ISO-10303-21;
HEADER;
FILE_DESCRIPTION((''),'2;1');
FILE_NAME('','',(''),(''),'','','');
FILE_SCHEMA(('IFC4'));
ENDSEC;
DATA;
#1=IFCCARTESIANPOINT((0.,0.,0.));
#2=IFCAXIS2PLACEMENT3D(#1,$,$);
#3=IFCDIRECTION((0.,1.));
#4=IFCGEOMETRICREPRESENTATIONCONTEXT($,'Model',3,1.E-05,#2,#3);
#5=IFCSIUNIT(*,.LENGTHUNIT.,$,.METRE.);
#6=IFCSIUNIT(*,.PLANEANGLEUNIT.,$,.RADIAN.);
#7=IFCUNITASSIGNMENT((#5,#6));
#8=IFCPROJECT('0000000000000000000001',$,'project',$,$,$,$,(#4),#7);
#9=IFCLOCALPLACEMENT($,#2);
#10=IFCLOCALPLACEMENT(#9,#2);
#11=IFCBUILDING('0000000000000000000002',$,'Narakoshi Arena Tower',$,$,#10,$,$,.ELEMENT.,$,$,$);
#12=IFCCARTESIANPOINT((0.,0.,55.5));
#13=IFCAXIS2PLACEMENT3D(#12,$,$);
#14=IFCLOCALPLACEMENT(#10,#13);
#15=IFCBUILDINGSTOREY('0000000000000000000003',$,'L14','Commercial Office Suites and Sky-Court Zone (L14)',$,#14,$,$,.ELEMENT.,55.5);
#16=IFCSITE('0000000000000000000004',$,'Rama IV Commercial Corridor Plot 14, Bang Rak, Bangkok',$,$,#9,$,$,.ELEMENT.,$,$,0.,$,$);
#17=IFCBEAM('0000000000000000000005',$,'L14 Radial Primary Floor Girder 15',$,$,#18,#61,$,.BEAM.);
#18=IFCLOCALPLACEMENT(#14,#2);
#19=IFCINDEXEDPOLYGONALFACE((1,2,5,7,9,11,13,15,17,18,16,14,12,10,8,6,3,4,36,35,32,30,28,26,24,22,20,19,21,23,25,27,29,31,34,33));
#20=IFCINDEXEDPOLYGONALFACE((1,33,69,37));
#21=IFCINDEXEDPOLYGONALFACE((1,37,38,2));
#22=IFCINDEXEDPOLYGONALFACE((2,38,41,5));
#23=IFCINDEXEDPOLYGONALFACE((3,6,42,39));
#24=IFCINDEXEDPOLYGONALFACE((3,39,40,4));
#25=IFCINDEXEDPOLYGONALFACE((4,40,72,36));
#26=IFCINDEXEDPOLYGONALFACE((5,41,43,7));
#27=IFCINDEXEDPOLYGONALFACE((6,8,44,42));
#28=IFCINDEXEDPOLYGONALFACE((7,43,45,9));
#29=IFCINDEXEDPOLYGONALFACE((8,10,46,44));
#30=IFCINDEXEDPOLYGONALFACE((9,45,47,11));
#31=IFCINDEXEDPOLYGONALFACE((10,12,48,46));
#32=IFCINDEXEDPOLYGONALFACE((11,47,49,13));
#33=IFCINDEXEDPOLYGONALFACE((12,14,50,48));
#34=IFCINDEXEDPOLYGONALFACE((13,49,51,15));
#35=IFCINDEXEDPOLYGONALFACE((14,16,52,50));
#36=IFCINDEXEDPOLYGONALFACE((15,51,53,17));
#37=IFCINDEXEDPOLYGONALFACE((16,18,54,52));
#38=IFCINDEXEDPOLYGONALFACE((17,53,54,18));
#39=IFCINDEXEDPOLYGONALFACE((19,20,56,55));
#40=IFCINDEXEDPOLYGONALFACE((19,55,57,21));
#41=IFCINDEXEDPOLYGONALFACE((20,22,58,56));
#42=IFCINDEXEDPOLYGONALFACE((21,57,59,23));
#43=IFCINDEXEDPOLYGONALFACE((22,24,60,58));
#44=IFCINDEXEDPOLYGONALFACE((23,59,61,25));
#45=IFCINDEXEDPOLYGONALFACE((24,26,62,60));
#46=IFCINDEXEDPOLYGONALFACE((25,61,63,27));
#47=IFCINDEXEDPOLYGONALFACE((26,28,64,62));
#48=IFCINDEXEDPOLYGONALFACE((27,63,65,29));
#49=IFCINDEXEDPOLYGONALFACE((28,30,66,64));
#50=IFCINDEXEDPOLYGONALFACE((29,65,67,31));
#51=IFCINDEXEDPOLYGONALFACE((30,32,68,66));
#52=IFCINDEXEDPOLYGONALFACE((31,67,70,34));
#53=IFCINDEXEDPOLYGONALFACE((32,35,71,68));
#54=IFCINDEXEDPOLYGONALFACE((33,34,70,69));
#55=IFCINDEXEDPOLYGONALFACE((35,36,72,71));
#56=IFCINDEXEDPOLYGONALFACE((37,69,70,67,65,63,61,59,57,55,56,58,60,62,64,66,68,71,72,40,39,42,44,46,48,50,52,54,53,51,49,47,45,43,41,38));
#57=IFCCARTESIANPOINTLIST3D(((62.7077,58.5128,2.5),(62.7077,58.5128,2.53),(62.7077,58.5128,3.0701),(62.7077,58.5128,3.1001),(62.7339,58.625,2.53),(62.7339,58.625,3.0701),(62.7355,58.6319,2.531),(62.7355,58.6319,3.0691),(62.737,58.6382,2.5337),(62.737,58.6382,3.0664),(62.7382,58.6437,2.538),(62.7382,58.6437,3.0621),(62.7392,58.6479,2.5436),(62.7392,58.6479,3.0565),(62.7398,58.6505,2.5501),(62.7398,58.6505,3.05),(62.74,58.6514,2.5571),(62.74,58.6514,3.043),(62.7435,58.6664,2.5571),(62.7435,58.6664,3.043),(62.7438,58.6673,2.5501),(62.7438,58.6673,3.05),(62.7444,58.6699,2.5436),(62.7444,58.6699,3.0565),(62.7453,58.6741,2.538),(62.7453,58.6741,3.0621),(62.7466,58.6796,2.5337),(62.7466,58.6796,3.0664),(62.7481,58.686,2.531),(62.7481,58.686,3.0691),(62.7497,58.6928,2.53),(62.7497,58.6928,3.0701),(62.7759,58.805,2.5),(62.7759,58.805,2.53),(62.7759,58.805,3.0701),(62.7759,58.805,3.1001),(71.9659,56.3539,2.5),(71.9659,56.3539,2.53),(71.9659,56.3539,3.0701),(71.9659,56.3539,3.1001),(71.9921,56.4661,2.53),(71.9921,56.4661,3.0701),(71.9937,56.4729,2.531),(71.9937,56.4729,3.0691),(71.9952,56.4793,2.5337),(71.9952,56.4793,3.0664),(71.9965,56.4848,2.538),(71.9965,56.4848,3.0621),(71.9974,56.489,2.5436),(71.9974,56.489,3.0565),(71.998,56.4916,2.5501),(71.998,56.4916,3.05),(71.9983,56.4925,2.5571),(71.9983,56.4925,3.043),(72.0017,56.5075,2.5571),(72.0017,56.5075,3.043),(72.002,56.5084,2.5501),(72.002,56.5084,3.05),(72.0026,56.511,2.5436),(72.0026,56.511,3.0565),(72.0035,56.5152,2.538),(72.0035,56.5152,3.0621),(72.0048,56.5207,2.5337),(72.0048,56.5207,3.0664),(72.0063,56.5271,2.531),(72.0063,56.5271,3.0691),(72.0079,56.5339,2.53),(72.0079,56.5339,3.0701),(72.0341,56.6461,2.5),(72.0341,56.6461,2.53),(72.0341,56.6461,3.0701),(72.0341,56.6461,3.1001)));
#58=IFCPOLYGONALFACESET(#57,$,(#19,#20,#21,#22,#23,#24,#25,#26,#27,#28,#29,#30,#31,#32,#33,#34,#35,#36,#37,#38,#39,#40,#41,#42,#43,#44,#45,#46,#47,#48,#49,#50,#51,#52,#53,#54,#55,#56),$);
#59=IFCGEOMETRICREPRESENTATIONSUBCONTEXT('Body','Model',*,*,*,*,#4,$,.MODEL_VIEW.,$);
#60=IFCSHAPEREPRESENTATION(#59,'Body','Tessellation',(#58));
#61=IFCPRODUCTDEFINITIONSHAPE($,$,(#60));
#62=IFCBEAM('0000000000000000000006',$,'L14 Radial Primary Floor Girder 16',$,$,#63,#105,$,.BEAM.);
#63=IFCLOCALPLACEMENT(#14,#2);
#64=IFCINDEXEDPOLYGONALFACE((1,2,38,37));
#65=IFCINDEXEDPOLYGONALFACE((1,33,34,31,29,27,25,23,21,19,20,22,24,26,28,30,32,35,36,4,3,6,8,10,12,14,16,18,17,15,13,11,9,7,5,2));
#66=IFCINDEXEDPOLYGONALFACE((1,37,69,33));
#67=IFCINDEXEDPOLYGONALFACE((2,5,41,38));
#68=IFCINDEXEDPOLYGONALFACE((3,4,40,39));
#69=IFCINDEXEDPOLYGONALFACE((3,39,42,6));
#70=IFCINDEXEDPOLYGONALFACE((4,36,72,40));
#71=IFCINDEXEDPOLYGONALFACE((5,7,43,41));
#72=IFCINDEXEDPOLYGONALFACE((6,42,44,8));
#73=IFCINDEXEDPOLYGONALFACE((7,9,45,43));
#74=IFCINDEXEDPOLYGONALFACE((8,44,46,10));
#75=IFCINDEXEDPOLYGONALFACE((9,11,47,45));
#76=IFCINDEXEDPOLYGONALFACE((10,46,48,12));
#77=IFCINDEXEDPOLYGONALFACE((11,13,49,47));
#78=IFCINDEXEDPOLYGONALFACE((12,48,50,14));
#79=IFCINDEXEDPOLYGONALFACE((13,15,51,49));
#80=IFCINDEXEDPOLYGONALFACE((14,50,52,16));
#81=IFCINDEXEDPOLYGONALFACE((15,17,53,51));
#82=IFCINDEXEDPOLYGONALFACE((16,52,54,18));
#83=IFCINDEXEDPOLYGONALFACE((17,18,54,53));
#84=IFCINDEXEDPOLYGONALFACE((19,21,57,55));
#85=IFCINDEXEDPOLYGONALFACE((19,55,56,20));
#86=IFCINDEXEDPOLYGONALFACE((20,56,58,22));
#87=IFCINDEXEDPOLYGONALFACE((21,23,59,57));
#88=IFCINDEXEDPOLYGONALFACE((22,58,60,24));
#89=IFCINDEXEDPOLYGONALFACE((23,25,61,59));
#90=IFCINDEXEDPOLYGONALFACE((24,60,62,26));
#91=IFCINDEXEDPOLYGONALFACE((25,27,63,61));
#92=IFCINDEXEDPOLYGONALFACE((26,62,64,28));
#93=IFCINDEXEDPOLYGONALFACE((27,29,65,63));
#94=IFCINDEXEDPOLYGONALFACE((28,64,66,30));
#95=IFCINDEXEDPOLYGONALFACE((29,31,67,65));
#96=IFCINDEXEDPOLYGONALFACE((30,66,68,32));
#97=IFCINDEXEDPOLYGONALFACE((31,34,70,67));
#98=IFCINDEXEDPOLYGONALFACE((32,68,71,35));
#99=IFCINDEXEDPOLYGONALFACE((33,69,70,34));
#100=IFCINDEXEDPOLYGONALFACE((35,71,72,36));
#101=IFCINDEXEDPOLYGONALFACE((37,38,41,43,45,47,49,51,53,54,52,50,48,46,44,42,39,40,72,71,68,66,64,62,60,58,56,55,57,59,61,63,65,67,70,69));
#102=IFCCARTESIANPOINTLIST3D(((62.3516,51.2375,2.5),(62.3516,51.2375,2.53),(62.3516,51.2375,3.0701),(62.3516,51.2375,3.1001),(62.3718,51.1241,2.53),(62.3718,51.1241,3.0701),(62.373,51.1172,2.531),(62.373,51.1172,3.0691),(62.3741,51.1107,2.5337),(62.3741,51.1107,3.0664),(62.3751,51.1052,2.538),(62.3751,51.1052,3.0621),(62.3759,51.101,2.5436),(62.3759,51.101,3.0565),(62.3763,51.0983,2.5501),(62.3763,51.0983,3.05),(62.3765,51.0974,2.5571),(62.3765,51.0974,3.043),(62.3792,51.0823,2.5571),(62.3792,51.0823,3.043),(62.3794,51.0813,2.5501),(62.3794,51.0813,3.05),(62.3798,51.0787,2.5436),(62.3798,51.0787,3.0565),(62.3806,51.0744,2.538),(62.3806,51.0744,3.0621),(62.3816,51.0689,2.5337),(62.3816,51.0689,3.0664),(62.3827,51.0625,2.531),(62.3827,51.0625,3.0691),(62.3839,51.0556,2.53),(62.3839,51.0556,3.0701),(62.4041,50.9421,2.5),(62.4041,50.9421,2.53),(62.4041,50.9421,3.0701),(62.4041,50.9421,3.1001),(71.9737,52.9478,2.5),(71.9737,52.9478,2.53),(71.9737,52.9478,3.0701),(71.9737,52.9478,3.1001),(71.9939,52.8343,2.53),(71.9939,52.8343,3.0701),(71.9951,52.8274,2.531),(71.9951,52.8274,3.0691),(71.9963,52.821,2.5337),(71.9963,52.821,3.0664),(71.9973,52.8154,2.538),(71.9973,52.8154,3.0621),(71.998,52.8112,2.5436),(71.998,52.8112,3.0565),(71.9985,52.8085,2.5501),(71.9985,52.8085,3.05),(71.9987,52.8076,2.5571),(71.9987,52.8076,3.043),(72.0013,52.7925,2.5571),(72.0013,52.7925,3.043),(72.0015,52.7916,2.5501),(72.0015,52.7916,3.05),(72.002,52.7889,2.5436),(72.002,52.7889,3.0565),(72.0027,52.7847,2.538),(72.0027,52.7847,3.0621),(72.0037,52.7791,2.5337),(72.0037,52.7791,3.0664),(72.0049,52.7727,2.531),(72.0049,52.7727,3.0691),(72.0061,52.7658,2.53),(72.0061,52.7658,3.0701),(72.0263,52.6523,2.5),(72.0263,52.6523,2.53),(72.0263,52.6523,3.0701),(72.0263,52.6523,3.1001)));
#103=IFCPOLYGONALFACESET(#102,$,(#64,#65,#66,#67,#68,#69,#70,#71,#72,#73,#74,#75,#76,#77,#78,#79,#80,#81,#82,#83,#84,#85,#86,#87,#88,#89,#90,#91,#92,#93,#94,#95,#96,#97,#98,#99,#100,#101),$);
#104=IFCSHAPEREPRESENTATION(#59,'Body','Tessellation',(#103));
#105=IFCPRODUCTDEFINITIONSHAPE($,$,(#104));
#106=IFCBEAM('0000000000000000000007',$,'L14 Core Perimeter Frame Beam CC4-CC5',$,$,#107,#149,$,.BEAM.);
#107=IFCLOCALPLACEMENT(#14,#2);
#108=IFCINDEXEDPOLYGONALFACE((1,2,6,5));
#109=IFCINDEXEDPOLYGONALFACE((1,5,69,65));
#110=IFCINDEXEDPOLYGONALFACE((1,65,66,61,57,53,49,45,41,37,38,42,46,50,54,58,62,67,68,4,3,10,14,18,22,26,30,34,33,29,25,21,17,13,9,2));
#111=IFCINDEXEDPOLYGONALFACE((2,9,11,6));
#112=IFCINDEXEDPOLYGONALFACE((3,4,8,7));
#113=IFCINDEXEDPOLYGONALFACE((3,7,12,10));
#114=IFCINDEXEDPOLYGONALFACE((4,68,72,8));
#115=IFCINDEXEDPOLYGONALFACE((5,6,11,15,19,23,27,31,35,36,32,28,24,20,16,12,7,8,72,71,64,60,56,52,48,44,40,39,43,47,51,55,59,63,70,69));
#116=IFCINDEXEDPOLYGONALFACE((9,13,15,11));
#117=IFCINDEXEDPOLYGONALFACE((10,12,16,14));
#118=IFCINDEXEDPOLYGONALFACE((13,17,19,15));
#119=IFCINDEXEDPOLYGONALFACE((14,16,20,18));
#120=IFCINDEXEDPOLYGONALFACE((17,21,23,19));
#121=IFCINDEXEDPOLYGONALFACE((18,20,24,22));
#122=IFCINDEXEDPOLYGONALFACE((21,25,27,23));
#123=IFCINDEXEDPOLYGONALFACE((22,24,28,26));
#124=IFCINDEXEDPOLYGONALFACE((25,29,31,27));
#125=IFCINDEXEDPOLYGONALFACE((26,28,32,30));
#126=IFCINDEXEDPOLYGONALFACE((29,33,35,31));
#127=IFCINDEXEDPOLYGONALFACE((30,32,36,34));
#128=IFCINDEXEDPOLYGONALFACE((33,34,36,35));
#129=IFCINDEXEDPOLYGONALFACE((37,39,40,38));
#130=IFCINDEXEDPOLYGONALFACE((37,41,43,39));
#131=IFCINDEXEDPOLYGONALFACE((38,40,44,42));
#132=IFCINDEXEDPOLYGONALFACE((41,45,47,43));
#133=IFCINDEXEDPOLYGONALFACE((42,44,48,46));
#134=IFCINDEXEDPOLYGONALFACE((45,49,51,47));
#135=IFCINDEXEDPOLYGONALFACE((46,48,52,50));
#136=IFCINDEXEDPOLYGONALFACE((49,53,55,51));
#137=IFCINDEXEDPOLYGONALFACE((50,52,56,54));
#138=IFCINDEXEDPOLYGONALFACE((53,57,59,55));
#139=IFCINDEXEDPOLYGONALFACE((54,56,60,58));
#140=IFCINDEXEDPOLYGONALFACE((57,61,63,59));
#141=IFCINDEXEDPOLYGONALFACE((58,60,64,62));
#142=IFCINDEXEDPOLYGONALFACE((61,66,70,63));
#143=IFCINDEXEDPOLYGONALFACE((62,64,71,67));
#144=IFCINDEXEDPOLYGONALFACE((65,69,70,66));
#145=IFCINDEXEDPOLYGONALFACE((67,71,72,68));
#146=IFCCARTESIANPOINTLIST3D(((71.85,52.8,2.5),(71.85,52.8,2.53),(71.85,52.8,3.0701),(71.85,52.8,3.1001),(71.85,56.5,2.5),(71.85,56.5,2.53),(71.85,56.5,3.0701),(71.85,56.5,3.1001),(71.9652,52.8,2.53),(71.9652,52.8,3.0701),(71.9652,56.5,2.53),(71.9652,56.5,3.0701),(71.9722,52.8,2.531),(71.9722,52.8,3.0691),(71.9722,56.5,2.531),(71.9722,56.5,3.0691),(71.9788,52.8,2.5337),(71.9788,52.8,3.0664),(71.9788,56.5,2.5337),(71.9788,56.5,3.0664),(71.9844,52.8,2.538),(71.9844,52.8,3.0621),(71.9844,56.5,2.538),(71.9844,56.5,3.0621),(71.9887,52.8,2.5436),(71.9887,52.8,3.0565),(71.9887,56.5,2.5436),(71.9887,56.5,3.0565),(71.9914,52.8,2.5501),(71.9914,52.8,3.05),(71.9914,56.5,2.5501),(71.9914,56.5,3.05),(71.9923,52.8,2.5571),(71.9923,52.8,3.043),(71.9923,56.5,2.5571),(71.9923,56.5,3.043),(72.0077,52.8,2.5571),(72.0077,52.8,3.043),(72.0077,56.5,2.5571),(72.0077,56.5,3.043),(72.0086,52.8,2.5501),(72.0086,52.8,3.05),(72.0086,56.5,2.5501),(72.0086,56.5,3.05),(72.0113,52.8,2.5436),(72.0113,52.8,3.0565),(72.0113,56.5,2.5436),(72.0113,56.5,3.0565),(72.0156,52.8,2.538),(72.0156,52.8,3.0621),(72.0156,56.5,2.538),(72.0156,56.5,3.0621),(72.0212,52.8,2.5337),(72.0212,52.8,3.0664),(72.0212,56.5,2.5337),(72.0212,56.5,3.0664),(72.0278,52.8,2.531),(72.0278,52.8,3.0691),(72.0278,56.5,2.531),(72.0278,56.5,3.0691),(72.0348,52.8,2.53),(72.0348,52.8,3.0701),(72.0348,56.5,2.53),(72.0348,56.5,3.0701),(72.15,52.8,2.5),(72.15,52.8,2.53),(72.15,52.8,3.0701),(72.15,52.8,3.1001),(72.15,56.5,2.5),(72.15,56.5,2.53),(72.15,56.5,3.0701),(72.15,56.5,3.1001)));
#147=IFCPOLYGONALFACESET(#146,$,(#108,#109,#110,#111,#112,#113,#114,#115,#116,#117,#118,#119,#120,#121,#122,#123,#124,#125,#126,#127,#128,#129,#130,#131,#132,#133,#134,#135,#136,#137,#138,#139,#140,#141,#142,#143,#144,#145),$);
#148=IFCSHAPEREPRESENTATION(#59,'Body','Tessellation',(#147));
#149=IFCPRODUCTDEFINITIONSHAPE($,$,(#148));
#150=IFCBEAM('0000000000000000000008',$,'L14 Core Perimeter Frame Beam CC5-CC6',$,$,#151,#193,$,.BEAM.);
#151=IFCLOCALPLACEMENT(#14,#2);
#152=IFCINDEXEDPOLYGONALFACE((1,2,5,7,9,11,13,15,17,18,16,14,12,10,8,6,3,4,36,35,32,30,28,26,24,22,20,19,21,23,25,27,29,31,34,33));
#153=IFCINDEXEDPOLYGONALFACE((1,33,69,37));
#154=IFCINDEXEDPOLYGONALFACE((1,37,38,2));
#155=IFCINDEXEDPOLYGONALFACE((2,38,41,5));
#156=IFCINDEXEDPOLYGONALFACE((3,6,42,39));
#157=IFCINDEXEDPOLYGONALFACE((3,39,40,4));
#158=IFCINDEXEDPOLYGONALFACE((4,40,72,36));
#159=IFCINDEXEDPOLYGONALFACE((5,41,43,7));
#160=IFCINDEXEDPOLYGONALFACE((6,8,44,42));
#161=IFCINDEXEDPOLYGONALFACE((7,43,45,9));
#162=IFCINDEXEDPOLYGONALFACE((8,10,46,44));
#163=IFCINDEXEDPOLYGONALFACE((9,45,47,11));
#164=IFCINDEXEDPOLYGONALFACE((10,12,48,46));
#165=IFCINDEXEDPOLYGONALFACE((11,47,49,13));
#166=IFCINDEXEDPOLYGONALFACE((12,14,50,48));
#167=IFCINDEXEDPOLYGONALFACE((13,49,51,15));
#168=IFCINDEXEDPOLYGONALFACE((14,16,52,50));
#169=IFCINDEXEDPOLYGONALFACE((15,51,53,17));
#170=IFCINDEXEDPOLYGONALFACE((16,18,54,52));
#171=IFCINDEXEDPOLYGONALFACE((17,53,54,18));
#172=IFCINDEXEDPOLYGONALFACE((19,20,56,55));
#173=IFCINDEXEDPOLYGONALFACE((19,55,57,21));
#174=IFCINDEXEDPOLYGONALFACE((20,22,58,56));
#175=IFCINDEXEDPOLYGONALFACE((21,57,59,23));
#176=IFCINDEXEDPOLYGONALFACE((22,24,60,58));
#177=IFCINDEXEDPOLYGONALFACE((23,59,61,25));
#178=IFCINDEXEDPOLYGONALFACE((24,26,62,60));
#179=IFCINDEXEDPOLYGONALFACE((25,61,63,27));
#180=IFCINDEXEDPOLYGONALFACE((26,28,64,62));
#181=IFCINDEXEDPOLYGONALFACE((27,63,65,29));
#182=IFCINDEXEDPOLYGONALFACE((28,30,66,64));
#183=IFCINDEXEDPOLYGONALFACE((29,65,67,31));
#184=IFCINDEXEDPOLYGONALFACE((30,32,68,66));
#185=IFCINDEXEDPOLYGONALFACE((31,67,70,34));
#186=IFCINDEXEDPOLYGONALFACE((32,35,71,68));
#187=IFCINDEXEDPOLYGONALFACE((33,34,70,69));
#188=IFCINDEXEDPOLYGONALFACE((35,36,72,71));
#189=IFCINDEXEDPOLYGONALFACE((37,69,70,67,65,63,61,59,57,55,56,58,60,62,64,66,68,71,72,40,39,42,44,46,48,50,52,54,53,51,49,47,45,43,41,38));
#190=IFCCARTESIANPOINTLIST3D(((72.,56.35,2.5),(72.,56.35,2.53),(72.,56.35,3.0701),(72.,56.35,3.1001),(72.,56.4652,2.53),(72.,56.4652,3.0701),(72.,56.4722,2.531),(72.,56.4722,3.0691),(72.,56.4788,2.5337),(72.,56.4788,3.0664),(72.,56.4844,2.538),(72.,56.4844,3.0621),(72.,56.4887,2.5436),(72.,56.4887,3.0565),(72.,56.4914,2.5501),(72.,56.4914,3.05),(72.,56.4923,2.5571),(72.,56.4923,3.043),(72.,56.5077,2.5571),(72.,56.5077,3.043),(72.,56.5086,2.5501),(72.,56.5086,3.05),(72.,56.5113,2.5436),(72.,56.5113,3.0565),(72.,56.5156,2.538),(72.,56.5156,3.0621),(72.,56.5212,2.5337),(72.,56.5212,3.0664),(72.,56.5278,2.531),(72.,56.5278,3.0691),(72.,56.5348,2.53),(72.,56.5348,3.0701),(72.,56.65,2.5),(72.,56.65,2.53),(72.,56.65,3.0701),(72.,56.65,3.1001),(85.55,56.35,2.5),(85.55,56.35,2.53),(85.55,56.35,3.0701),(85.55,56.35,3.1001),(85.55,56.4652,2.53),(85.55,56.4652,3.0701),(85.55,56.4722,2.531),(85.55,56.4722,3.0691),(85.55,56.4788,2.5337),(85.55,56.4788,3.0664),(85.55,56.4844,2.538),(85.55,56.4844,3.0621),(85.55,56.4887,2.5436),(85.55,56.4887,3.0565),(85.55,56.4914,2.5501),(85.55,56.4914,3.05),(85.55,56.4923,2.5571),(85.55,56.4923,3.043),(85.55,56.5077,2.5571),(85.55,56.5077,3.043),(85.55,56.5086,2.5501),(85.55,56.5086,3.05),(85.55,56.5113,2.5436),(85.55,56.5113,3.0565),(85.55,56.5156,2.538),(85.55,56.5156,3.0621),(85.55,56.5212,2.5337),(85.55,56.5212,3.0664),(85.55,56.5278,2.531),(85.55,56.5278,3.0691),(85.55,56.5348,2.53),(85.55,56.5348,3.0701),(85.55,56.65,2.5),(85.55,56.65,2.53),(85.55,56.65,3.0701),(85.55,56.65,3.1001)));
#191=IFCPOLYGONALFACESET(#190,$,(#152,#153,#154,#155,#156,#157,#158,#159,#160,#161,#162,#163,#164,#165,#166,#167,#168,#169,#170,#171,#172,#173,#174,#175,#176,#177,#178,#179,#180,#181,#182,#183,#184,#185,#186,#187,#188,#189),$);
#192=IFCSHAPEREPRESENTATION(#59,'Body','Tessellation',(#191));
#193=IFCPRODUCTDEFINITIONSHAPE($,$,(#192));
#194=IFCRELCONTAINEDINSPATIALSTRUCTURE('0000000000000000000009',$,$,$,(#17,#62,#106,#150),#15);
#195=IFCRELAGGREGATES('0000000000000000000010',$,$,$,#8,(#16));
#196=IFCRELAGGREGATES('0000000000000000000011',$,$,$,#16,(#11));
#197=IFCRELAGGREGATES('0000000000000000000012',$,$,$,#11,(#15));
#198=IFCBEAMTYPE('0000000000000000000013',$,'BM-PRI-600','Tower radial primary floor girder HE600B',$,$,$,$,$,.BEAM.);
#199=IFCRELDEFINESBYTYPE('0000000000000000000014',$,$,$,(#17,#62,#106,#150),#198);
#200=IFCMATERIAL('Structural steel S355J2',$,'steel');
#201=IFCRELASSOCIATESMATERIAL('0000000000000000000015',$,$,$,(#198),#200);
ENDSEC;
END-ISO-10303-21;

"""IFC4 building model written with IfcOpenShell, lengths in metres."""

from ifc_helpers import new_model, si_unit, direction, frame, origin, origin_2d, place, context, subcontext, project, spatial, i_section, extrude, material, material_profile, profile_set, type_object, element, save


model = new_model("IFC4")

# Units and contexts
model_context = context("Model", 3, precision=1e-05, world=origin(), true_north=direction((0.0, 1.0)))
body_context = subcontext(model_context, "Body", "Model", "MODEL_VIEW")
ifc_project = project(units=[si_unit("LENGTHUNIT", "METRE"), si_unit("PLANEANGLEUNIT", "RADIAN")], contexts=[model_context])

# Site, building, storey
site_placement = place(None, origin())
site = spatial("IfcSite", under=ifc_project, at=site_placement, Name="Rama IV Commercial Corridor Plot 14, Bang Rak, Bangkok", CompositionType="ELEMENT", RefElevation=0.0)
building_placement = place(site_placement, origin())
building = spatial("IfcBuilding", under=site, at=building_placement, Name="Narakoshi Arena Tower", CompositionType="ELEMENT")
storey_placement = place(building_placement, frame((0.0, 0.0, 55.5)))
storey = spatial("IfcBuildingStorey", under=building, at=storey_placement, Name="L14", Description="Commercial Office Suites and Sky-Court Zone (L14)", CompositionType="ELEMENT", Elevation=55.5)

# Beams
ifc_material_1 = material(Name="Structural steel S355J2", Category="steel")
ifc_material_profile_1 = material_profile(ifc_material_1, i_section(OverallWidth=0.3, OverallDepth=0.6001, WebThickness=0.0154, FlangeThickness=0.03, FilletRadius=0.0271, at=origin_2d()), Name="HE600B")
ifc_profile_set_1 = profile_set([ifc_material_profile_1], Name="Structural steel S355J2")
beam_type_1 = type_object("IfcBeamType", Name="BM-PRI-600", Description="Tower radial primary floor girder HE600B", PredefinedType="BEAM", material=ifc_profile_set_1)
beam_1_placement = place(storey_placement, frame((72.0, 56.5, 2.8), z_axis=(-0.973872, 0.227096, 0.0), x_axis=(-0.227096, -0.973872, 0.0)))
element("IfcBeam", 1, at=beam_1_placement, inside=storey, type_object=beam_type_1, Name="L14 Radial Primary Floor Girder 15", PredefinedType="BEAM", context=body_context, shape_type="SweptSolid", body=[
    extrude(i_section(OverallWidth=0.3, OverallDepth=0.6001, WebThickness=0.0154, FlangeThickness=0.03, FilletRadius=0.0271, at=origin_2d()), origin(), (0.0, 0.0, 1.0), 9.5066),
])
beam_2_placement = place(storey_placement, frame((72.0, 52.8, 2.8), z_axis=(-0.984569, -0.174995, 0.0), x_axis=(0.174995, -0.984569, 0.0)))
element("IfcBeam", 2, at=beam_2_placement, inside=storey, type_object=beam_type_1, Name="L14 Radial Primary Floor Girder 16", PredefinedType="BEAM", context=body_context, shape_type="SweptSolid", body=[
    extrude(i_section(OverallWidth=0.3, OverallDepth=0.6001, WebThickness=0.0154, FlangeThickness=0.03, FilletRadius=0.0271, at=origin_2d()), origin(), (0.0, 0.0, 1.0), 9.7729),
])
beam_3_placement = place(storey_placement, frame((72.0, 52.8, 2.8), z_axis=(0.0, 1.0, 0.0), x_axis=(-1.0, 0.0, 0.0)))
element("IfcBeam", 3, at=beam_3_placement, inside=storey, type_object=beam_type_1, Name="L14 Core Perimeter Frame Beam CC4-CC5", PredefinedType="BEAM", context=body_context, shape_type="SweptSolid", body=[
    extrude(i_section(OverallWidth=0.3, OverallDepth=0.6001, WebThickness=0.0154, FlangeThickness=0.03, FilletRadius=0.0271, at=origin_2d()), origin(), (0.0, 0.0, 1.0), 3.7),
])
beam_4_placement = place(storey_placement, frame((72.0, 56.5, 2.8), z_axis=(1.0, 0.0, 0.0), x_axis=(0.0, 1.0, 0.0)))
element("IfcBeam", 4, at=beam_4_placement, inside=storey, type_object=beam_type_1, Name="L14 Core Perimeter Frame Beam CC5-CC6", PredefinedType="BEAM", context=body_context, shape_type="SweptSolid", body=[
    extrude(i_section(OverallWidth=0.3, OverallDepth=0.6001, WebThickness=0.0154, FlangeThickness=0.03, FilletRadius=0.0271, at=origin_2d()), origin(), (0.0, 0.0, 1.0), 13.55),
])

save(model, "model.ifc")
